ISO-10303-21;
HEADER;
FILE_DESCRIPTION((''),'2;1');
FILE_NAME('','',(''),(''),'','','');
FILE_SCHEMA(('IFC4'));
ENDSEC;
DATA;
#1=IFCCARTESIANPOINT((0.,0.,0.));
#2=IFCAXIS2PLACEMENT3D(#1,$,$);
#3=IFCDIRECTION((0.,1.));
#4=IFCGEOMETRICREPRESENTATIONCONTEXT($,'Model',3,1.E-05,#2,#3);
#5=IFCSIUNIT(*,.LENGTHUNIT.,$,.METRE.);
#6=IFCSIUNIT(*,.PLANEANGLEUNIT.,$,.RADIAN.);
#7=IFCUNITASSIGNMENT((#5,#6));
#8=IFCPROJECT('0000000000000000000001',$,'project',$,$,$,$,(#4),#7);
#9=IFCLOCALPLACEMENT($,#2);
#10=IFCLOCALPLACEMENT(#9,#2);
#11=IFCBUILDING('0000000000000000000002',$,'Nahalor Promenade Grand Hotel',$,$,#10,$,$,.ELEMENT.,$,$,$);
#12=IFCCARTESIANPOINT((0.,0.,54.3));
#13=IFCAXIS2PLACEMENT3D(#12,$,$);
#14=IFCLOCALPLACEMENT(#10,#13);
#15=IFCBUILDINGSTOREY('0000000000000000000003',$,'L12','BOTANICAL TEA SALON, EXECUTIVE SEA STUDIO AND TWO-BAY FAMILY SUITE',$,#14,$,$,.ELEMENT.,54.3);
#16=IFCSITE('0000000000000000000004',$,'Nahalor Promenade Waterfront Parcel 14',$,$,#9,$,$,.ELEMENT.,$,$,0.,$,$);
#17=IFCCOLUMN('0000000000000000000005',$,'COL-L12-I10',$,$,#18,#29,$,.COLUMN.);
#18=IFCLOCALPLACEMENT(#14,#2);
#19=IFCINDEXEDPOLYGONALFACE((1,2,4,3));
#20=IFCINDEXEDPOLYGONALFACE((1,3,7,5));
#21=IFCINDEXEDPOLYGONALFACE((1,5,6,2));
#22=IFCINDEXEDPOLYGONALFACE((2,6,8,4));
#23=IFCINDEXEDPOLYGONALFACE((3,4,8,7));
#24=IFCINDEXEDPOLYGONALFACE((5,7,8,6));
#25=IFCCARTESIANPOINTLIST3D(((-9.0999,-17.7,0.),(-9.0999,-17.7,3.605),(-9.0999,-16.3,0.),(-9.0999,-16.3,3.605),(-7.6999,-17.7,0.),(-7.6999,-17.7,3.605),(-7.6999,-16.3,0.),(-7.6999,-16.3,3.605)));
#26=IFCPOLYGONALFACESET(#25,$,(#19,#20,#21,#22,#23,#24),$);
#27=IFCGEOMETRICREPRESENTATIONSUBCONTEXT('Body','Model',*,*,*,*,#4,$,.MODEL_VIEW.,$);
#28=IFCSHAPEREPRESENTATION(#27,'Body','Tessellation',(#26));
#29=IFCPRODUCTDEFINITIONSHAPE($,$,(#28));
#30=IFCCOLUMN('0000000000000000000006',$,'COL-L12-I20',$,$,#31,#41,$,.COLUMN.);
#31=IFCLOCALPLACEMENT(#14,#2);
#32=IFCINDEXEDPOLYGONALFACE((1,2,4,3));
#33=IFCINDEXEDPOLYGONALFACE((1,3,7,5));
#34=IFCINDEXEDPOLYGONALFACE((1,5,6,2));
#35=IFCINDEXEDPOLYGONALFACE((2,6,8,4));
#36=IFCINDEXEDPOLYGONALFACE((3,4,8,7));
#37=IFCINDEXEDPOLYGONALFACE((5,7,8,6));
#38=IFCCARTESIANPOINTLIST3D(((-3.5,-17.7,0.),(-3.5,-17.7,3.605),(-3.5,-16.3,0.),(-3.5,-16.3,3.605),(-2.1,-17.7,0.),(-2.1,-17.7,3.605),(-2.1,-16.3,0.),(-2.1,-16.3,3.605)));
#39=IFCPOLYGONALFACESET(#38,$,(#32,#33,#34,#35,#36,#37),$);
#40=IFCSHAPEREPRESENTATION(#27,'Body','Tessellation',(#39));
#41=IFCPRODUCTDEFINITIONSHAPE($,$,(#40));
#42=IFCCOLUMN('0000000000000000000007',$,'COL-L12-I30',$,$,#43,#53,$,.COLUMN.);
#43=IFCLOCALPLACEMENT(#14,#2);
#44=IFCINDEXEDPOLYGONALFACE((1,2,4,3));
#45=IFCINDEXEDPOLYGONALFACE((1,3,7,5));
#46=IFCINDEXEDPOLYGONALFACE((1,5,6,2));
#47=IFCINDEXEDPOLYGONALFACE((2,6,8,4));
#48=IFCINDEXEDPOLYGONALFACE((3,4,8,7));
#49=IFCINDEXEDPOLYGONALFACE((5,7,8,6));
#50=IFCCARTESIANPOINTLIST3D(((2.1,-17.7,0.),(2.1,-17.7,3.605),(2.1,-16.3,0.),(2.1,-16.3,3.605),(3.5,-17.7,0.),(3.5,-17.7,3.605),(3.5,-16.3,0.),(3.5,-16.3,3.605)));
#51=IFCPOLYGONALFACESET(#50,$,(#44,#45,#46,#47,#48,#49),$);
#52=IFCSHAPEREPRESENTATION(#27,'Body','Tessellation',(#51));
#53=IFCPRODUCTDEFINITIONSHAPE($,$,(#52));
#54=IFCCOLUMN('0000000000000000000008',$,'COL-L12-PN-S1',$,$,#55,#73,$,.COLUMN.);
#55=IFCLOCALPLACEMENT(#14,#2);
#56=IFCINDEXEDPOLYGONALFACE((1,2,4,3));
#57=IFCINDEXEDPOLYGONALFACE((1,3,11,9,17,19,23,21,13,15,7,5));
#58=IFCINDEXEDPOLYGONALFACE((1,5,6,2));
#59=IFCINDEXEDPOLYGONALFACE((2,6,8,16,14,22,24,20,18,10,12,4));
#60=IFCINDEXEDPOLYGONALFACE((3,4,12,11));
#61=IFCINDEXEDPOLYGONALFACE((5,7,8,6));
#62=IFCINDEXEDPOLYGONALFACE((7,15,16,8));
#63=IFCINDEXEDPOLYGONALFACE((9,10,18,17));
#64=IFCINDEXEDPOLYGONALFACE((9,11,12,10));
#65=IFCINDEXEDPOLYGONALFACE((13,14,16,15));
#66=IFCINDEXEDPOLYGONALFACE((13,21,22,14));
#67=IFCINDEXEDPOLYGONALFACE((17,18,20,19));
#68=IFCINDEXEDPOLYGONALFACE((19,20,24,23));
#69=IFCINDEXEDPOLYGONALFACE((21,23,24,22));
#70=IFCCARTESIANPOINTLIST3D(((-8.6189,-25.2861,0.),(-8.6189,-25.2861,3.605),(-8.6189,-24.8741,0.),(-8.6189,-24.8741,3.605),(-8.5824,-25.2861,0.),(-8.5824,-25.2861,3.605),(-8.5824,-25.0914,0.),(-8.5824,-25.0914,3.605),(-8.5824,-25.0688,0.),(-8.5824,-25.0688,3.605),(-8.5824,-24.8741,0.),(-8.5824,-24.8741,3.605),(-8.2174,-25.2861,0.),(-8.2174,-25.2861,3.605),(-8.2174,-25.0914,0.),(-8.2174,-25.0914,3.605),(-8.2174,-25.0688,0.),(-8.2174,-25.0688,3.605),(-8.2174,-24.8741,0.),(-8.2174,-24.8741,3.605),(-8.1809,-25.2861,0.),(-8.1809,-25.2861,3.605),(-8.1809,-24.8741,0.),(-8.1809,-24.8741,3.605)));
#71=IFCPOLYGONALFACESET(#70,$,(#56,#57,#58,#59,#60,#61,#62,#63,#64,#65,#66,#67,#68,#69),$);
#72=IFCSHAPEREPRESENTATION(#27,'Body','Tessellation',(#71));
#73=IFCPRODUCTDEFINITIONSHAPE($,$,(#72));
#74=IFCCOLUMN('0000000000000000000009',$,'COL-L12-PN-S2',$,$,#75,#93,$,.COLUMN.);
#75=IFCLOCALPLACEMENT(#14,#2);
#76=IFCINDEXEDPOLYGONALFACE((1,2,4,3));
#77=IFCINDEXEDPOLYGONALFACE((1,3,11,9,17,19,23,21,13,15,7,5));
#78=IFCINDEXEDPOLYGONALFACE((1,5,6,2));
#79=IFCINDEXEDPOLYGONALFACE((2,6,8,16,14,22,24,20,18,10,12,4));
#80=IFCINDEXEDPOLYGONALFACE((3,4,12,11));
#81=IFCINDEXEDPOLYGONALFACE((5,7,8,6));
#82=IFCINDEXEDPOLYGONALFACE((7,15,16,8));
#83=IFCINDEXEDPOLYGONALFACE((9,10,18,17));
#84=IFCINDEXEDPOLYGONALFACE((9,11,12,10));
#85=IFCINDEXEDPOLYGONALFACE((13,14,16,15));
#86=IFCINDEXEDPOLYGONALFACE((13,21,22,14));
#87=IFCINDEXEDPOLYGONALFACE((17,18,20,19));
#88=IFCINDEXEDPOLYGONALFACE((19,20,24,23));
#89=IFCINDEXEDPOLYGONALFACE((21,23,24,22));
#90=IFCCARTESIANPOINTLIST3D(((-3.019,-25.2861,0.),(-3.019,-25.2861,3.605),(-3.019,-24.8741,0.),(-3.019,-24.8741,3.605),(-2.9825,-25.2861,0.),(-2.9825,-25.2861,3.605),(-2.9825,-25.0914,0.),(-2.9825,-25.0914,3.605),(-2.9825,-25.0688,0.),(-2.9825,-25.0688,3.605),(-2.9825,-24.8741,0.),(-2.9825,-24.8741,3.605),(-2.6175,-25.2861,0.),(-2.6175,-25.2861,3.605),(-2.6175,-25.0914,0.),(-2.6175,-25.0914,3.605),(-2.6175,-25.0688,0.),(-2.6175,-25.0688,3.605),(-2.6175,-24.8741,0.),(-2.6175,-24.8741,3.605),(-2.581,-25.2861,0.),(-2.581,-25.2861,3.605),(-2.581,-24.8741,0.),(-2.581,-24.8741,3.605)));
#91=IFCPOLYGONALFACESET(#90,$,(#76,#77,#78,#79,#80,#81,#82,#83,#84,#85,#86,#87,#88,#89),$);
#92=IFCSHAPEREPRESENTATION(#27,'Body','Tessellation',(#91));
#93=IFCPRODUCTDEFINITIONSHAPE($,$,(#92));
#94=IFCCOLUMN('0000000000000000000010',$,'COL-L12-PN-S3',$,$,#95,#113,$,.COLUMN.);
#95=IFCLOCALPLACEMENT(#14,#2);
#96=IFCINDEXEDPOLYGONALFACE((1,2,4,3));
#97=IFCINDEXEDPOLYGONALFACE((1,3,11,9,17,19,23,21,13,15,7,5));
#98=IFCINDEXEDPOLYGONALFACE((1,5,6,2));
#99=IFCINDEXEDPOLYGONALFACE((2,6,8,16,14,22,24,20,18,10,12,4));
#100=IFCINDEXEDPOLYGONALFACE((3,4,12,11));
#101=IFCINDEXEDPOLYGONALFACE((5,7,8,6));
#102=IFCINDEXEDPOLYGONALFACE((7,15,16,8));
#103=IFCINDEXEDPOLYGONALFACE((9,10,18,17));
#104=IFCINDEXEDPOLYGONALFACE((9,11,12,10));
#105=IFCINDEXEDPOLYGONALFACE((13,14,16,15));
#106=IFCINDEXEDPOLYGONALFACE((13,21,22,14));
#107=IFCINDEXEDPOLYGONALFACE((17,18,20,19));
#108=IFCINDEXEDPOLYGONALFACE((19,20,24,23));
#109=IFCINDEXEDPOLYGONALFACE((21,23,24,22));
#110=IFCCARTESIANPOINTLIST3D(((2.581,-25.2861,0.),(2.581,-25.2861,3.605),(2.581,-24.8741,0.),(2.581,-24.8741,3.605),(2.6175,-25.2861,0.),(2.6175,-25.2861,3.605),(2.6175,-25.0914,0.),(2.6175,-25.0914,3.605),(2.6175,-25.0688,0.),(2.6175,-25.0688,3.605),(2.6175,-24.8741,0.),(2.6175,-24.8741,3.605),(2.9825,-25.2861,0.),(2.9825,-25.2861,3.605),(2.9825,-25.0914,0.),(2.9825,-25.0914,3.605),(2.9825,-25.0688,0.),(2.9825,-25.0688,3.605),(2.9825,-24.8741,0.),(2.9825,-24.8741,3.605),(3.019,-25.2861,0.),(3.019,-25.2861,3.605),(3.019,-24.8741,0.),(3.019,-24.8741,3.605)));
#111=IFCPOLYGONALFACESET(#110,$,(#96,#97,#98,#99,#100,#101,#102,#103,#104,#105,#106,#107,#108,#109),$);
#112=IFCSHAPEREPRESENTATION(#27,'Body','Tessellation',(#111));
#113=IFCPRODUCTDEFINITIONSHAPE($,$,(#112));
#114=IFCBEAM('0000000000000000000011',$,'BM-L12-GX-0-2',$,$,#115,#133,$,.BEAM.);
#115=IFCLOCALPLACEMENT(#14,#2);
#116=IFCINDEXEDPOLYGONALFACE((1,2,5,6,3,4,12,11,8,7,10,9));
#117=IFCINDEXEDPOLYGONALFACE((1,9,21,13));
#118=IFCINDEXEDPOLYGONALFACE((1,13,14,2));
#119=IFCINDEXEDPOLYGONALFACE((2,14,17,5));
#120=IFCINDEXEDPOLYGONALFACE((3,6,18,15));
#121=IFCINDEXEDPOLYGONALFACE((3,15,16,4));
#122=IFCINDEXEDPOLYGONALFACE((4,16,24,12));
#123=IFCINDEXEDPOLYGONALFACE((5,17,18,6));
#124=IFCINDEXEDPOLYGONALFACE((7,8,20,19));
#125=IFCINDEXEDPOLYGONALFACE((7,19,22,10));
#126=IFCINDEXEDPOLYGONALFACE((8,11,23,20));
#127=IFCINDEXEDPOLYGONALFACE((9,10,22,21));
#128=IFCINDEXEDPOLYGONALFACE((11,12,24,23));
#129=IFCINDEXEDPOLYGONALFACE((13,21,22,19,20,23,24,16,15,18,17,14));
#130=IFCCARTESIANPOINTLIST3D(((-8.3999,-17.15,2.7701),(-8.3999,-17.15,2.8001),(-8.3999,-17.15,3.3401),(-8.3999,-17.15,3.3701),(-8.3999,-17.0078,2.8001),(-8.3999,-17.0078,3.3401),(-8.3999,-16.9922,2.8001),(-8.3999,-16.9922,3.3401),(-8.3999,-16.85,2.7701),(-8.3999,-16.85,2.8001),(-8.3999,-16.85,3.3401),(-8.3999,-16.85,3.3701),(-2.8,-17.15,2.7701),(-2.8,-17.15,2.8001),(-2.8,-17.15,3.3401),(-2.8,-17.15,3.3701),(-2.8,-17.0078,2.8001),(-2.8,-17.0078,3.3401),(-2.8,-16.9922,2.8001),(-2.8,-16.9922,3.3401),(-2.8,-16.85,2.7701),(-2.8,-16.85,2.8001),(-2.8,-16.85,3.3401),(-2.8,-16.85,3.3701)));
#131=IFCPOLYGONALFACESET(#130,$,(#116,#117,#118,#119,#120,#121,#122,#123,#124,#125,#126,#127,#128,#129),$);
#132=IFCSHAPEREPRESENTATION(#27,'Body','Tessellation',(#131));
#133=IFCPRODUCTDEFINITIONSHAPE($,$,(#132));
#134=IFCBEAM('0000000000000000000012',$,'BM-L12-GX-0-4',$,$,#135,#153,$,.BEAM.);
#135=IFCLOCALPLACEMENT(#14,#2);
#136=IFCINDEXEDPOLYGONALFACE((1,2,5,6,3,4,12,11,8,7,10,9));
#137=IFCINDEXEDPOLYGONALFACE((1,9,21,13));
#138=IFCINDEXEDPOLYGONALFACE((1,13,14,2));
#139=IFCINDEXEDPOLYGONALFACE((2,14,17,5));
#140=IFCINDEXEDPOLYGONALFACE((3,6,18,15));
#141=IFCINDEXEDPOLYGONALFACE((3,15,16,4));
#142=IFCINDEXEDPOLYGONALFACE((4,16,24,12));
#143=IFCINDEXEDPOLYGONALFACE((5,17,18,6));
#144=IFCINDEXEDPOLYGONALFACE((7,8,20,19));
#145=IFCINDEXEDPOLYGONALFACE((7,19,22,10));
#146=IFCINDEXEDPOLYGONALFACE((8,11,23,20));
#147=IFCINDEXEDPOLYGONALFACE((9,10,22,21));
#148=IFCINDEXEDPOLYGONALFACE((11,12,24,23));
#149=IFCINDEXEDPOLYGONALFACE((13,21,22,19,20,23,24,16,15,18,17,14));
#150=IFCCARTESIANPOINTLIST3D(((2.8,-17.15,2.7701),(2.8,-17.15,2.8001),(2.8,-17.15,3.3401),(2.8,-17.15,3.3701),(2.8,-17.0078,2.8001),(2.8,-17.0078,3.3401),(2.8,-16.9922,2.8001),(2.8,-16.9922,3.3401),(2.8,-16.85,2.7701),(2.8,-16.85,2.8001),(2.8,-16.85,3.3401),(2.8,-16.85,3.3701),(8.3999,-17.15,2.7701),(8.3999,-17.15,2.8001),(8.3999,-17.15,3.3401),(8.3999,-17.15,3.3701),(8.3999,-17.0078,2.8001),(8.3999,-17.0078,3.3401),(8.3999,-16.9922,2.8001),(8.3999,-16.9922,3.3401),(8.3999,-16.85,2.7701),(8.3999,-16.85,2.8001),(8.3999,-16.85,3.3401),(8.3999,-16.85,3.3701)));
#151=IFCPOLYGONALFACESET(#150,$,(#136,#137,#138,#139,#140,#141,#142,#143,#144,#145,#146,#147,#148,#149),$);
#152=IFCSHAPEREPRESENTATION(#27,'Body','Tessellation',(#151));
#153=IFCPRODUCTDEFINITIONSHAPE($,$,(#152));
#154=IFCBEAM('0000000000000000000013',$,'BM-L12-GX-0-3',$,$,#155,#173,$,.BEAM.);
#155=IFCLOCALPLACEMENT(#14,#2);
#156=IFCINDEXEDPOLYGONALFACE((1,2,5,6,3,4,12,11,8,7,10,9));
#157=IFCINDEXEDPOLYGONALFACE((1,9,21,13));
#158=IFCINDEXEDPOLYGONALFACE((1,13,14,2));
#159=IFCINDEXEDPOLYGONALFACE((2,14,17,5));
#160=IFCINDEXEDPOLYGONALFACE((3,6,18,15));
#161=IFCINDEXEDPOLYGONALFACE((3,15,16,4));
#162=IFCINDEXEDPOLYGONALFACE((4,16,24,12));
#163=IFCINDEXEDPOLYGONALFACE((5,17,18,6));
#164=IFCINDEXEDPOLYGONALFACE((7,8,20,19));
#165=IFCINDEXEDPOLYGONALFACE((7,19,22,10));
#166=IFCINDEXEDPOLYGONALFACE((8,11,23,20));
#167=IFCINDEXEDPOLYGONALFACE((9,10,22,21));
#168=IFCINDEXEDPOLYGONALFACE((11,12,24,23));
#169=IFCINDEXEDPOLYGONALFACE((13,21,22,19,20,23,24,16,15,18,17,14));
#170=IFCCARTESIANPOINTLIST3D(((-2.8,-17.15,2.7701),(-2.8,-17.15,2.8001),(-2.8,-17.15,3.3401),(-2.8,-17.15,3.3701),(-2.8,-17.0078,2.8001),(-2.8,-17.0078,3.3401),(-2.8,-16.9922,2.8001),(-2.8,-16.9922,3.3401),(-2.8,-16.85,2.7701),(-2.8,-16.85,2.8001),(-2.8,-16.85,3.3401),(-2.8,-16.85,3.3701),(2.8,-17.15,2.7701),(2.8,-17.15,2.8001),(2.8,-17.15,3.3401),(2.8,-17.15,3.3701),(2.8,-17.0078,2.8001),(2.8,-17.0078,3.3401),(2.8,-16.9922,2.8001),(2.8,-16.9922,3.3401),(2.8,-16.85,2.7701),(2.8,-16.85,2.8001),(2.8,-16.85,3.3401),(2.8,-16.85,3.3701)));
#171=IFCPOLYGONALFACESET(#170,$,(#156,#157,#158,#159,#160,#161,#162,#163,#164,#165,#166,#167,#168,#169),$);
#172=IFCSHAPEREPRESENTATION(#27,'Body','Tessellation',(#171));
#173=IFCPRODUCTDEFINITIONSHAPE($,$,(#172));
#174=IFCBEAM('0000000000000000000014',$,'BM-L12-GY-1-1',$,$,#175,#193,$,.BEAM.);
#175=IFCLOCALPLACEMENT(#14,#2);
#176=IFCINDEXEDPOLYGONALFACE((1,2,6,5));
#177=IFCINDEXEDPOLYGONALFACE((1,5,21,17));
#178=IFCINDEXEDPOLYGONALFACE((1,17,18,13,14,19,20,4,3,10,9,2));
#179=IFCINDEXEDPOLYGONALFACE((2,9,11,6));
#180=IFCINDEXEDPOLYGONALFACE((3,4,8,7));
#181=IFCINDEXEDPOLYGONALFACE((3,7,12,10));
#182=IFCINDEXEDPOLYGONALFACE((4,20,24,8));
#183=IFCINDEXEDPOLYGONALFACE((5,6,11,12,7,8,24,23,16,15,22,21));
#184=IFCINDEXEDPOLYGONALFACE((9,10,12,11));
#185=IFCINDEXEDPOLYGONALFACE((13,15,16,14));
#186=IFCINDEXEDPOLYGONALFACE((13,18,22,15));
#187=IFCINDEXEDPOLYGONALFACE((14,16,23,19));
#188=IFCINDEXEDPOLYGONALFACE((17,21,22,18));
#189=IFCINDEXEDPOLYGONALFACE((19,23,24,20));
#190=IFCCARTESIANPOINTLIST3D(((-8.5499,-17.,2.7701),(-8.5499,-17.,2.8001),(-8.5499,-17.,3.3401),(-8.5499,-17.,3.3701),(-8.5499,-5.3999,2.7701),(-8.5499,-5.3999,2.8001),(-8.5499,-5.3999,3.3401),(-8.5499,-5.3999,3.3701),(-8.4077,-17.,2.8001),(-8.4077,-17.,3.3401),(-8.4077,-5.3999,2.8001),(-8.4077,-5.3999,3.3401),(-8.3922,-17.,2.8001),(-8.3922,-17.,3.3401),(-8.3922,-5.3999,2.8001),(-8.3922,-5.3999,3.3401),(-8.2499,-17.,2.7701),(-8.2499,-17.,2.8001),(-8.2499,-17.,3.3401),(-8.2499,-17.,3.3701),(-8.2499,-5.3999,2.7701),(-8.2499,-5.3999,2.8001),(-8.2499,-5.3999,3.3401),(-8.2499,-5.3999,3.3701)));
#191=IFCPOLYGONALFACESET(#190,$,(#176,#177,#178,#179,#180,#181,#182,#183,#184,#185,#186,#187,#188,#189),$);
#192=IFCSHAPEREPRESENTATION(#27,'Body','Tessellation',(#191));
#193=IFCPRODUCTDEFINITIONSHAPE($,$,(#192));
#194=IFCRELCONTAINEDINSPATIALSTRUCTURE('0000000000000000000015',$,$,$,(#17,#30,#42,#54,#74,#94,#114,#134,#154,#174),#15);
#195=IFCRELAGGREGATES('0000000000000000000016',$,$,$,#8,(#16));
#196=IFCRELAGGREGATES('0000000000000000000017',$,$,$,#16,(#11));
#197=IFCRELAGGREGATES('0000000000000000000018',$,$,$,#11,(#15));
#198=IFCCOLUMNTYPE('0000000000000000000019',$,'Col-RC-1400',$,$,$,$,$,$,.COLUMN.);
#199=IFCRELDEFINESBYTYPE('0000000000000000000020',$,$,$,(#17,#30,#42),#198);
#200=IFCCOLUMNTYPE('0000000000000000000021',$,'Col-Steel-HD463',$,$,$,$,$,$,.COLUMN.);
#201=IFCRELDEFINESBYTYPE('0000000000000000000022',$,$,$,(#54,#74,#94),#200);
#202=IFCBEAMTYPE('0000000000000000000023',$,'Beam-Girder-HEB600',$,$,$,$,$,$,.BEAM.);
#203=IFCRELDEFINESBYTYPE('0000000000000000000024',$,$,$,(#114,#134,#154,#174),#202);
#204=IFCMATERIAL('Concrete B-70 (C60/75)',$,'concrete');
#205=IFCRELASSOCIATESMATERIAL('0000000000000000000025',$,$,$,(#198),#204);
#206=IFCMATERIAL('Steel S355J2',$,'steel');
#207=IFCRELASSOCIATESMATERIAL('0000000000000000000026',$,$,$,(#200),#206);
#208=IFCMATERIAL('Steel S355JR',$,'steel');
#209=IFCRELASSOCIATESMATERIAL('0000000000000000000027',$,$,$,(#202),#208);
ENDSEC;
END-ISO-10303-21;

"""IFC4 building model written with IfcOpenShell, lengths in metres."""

from ifc_helpers import new_model, si_unit, direction, frame, origin, origin_2d, place, context, subcontext, project, spatial, rectangle, i_section, extrude, source, transform, mapped, material, material_profile, profile_set, type_object, element, save


model = new_model("IFC4")

# Units and contexts
model_context = context("Model", 3, precision=1e-05, world=origin(), true_north=direction((0.0, 1.0)))
body_context = subcontext(model_context, "Body", "Model", "MODEL_VIEW")
ifc_project = project(units=[si_unit("LENGTHUNIT", "METRE"), si_unit("PLANEANGLEUNIT", "RADIAN")], contexts=[model_context])

# Site, building, storey
site_placement = place(None, origin())
site = spatial("IfcSite", under=ifc_project, at=site_placement, Name="Nahalor Promenade Waterfront Parcel 14", CompositionType="ELEMENT", RefElevation=0.0)
building_placement = place(site_placement, origin())
building = spatial("IfcBuilding", under=site, at=building_placement, Name="Nahalor Promenade Grand Hotel", CompositionType="ELEMENT")
storey_placement = place(building_placement, frame((0.0, 0.0, 54.3)))
storey = spatial("IfcBuildingStorey", under=building, at=storey_placement, Name="L12", Description="BOTANICAL TEA SALON, EXECUTIVE SEA STUDIO AND TWO-BAY FAMILY SUITE", CompositionType="ELEMENT", Elevation=54.3)

# Columns
ifc_material_1 = material(Name="Concrete B-70 (C60/75)", Category="concrete")
ifc_material_profile_1 = material_profile(ifc_material_1, rectangle(XDim=1.4, YDim=1.4, at=origin_2d()), Name="RC 1400x1400")
ifc_profile_set_1 = profile_set([ifc_material_profile_1], Name="Concrete B-70 (C60/75)")
column_type_1 = type_object("IfcColumnType", Name="Col-RC-1400", PredefinedType="COLUMN", material=ifc_profile_set_1)
shared_shape_1 = source(origin(), body_context, "Body", "SweptSolid", [
    extrude(rectangle(XDim=1.4, YDim=1.4, at=origin_2d()), origin(), (0.0, 0.0, 1.0), 3.605),
])
for number, where, z_axis, x_axis, name in (
    (1, (-8.3999, -17.0, 0.0), (0.0, 0.0, 1.0), (1.0, 0.0, 0.0), "COL-L12-I10"),
    (2, (-2.8, -17.0, 0.0), (0.0, 0.0, 1.0), (1.0, 0.0, 0.0), "COL-L12-I20"),
    (3, (2.8, -17.0, 0.0), (0.0, 0.0, 1.0), (1.0, 0.0, 0.0), "COL-L12-I30"),
):
    element("IfcColumn", number, at=place(storey_placement, frame(where, z_axis=z_axis, x_axis=x_axis)), inside=storey, type_object=column_type_1, Name=name, PredefinedType="COLUMN", context=body_context, shape_type="MappedRepresentation", body=[
        mapped(shared_shape_1, transform((0.0, 0.0, 0.0), scale=1.0)),
    ])
ifc_material_2 = material(Name="Steel S355J2", Category="steel")
ifc_material_profile_2 = material_profile(ifc_material_2, i_section(OverallWidth=0.412, OverallDepth=0.438, WebThickness=0.0226, FlangeThickness=0.0365, at=origin_2d()), Name="HD 400x463")
ifc_profile_set_2 = profile_set([ifc_material_profile_2], Name="Steel S355J2")
column_type_2 = type_object("IfcColumnType", Name="Col-Steel-HD463", PredefinedType="COLUMN", material=ifc_profile_set_2)
shared_shape_2 = source(origin(), body_context, "Body", "SweptSolid", [
    extrude(i_section(OverallWidth=0.412, OverallDepth=0.438, WebThickness=0.0226, FlangeThickness=0.0365, at=origin_2d()), origin(), (0.0, 0.0, 1.0), 3.605),
])
for number, where, z_axis, x_axis, name in (
    (4, (-8.3999, -25.0801, 0.0), (0.0, 0.0, 1.0), (0.0, 1.0, 0.0), "COL-L12-PN-S1"),
    (5, (-2.8, -25.0801, 0.0), (0.0, 0.0, 1.0), (0.0, 1.0, 0.0), "COL-L12-PN-S2"),
    (6, (2.8, -25.0801, 0.0), (0.0, 0.0, 1.0), (0.0, 1.0, 0.0), "COL-L12-PN-S3"),
):
    element("IfcColumn", number, at=place(storey_placement, frame(where, z_axis=z_axis, x_axis=x_axis)), inside=storey, type_object=column_type_2, Name=name, PredefinedType="COLUMN", context=body_context, shape_type="MappedRepresentation", body=[
        mapped(shared_shape_2, transform((0.0, 0.0, 0.0), scale=1.0)),
    ])

# Beams
ifc_material_3 = material(Name="Steel S355JR", Category="steel")
ifc_material_profile_3 = material_profile(ifc_material_3, i_section(OverallWidth=0.3, OverallDepth=0.6, WebThickness=0.0155, FlangeThickness=0.03, at=origin_2d()), Name="HEB 600")
ifc_profile_set_3 = profile_set([ifc_material_profile_3], Name="Steel S355JR")
beam_type_1 = type_object("IfcBeamType", Name="Beam-Girder-HEB600", PredefinedType="BEAM", material=ifc_profile_set_3)
shared_shape_3 = source(origin(), body_context, "Body", "SweptSolid", [
    extrude(i_section(OverallWidth=0.3, OverallDepth=0.6, WebThickness=0.0155, FlangeThickness=0.03, at=origin_2d()), origin(), (0.0, 0.0, 1.0), 5.5999),
])
for number, where, z_axis, x_axis, name in (
    (7, (-8.3999, -17.0, 3.0701), (1.0, 0.0, 0.0), (0.0, 1.0, 0.0), "BM-L12-GX-0-2"),
    (8, (2.8, -17.0, 3.0701), (1.0, 0.0, 0.0), (0.0, 1.0, 0.0), "BM-L12-GX-0-4"),
):
    element("IfcBeam", number, at=place(storey_placement, frame(where, z_axis=z_axis, x_axis=x_axis)), inside=storey, type_object=beam_type_1, Name=name, PredefinedType="BEAM", context=body_context, shape_type="MappedRepresentation", body=[
        mapped(shared_shape_3, transform((0.0, 0.0, 0.0), scale=1.0)),
    ])
shared_shape_4 = source(origin(), body_context, "Body", "SweptSolid", [
    extrude(i_section(OverallWidth=0.3, OverallDepth=0.6, WebThickness=0.0155, FlangeThickness=0.03, at=origin_2d()), origin(), (0.0, 0.0, 1.0), 5.6001),
])
beam_1_placement = place(storey_placement, frame((-2.8, -17.0, 3.0701), z_axis=(1.0, 0.0, 0.0), x_axis=(0.0, 1.0, 0.0)))
element("IfcBeam", 9, at=beam_1_placement, inside=storey, type_object=beam_type_1, Name="BM-L12-GX-0-3", PredefinedType="BEAM", context=body_context, shape_type="MappedRepresentation", body=[
    mapped(shared_shape_4, transform((0.0, 0.0, 0.0), scale=1.0)),
])
shared_shape_5 = source(origin(), body_context, "Body", "SweptSolid", [
    extrude(i_section(OverallWidth=0.3, OverallDepth=0.6, WebThickness=0.0155, FlangeThickness=0.03, at=origin_2d()), origin(), (0.0, 0.0, 1.0), 11.6001),
])
for number, where, z_axis, x_axis, name in (
    (10, (-8.3999, -17.0, 3.0701), (0.0, 1.0, 0.0), (-1.0, 0.0, 0.0), "BM-L12-GY-1-1"),
):
    element("IfcBeam", number, at=place(storey_placement, frame(where, z_axis=z_axis, x_axis=x_axis)), inside=storey, type_object=beam_type_1, Name=name, PredefinedType="BEAM", context=body_context, shape_type="MappedRepresentation", body=[
        mapped(shared_shape_5, transform((0.0, 0.0, 0.0), scale=1.0)),
    ])

save(model, "model.ifc")
